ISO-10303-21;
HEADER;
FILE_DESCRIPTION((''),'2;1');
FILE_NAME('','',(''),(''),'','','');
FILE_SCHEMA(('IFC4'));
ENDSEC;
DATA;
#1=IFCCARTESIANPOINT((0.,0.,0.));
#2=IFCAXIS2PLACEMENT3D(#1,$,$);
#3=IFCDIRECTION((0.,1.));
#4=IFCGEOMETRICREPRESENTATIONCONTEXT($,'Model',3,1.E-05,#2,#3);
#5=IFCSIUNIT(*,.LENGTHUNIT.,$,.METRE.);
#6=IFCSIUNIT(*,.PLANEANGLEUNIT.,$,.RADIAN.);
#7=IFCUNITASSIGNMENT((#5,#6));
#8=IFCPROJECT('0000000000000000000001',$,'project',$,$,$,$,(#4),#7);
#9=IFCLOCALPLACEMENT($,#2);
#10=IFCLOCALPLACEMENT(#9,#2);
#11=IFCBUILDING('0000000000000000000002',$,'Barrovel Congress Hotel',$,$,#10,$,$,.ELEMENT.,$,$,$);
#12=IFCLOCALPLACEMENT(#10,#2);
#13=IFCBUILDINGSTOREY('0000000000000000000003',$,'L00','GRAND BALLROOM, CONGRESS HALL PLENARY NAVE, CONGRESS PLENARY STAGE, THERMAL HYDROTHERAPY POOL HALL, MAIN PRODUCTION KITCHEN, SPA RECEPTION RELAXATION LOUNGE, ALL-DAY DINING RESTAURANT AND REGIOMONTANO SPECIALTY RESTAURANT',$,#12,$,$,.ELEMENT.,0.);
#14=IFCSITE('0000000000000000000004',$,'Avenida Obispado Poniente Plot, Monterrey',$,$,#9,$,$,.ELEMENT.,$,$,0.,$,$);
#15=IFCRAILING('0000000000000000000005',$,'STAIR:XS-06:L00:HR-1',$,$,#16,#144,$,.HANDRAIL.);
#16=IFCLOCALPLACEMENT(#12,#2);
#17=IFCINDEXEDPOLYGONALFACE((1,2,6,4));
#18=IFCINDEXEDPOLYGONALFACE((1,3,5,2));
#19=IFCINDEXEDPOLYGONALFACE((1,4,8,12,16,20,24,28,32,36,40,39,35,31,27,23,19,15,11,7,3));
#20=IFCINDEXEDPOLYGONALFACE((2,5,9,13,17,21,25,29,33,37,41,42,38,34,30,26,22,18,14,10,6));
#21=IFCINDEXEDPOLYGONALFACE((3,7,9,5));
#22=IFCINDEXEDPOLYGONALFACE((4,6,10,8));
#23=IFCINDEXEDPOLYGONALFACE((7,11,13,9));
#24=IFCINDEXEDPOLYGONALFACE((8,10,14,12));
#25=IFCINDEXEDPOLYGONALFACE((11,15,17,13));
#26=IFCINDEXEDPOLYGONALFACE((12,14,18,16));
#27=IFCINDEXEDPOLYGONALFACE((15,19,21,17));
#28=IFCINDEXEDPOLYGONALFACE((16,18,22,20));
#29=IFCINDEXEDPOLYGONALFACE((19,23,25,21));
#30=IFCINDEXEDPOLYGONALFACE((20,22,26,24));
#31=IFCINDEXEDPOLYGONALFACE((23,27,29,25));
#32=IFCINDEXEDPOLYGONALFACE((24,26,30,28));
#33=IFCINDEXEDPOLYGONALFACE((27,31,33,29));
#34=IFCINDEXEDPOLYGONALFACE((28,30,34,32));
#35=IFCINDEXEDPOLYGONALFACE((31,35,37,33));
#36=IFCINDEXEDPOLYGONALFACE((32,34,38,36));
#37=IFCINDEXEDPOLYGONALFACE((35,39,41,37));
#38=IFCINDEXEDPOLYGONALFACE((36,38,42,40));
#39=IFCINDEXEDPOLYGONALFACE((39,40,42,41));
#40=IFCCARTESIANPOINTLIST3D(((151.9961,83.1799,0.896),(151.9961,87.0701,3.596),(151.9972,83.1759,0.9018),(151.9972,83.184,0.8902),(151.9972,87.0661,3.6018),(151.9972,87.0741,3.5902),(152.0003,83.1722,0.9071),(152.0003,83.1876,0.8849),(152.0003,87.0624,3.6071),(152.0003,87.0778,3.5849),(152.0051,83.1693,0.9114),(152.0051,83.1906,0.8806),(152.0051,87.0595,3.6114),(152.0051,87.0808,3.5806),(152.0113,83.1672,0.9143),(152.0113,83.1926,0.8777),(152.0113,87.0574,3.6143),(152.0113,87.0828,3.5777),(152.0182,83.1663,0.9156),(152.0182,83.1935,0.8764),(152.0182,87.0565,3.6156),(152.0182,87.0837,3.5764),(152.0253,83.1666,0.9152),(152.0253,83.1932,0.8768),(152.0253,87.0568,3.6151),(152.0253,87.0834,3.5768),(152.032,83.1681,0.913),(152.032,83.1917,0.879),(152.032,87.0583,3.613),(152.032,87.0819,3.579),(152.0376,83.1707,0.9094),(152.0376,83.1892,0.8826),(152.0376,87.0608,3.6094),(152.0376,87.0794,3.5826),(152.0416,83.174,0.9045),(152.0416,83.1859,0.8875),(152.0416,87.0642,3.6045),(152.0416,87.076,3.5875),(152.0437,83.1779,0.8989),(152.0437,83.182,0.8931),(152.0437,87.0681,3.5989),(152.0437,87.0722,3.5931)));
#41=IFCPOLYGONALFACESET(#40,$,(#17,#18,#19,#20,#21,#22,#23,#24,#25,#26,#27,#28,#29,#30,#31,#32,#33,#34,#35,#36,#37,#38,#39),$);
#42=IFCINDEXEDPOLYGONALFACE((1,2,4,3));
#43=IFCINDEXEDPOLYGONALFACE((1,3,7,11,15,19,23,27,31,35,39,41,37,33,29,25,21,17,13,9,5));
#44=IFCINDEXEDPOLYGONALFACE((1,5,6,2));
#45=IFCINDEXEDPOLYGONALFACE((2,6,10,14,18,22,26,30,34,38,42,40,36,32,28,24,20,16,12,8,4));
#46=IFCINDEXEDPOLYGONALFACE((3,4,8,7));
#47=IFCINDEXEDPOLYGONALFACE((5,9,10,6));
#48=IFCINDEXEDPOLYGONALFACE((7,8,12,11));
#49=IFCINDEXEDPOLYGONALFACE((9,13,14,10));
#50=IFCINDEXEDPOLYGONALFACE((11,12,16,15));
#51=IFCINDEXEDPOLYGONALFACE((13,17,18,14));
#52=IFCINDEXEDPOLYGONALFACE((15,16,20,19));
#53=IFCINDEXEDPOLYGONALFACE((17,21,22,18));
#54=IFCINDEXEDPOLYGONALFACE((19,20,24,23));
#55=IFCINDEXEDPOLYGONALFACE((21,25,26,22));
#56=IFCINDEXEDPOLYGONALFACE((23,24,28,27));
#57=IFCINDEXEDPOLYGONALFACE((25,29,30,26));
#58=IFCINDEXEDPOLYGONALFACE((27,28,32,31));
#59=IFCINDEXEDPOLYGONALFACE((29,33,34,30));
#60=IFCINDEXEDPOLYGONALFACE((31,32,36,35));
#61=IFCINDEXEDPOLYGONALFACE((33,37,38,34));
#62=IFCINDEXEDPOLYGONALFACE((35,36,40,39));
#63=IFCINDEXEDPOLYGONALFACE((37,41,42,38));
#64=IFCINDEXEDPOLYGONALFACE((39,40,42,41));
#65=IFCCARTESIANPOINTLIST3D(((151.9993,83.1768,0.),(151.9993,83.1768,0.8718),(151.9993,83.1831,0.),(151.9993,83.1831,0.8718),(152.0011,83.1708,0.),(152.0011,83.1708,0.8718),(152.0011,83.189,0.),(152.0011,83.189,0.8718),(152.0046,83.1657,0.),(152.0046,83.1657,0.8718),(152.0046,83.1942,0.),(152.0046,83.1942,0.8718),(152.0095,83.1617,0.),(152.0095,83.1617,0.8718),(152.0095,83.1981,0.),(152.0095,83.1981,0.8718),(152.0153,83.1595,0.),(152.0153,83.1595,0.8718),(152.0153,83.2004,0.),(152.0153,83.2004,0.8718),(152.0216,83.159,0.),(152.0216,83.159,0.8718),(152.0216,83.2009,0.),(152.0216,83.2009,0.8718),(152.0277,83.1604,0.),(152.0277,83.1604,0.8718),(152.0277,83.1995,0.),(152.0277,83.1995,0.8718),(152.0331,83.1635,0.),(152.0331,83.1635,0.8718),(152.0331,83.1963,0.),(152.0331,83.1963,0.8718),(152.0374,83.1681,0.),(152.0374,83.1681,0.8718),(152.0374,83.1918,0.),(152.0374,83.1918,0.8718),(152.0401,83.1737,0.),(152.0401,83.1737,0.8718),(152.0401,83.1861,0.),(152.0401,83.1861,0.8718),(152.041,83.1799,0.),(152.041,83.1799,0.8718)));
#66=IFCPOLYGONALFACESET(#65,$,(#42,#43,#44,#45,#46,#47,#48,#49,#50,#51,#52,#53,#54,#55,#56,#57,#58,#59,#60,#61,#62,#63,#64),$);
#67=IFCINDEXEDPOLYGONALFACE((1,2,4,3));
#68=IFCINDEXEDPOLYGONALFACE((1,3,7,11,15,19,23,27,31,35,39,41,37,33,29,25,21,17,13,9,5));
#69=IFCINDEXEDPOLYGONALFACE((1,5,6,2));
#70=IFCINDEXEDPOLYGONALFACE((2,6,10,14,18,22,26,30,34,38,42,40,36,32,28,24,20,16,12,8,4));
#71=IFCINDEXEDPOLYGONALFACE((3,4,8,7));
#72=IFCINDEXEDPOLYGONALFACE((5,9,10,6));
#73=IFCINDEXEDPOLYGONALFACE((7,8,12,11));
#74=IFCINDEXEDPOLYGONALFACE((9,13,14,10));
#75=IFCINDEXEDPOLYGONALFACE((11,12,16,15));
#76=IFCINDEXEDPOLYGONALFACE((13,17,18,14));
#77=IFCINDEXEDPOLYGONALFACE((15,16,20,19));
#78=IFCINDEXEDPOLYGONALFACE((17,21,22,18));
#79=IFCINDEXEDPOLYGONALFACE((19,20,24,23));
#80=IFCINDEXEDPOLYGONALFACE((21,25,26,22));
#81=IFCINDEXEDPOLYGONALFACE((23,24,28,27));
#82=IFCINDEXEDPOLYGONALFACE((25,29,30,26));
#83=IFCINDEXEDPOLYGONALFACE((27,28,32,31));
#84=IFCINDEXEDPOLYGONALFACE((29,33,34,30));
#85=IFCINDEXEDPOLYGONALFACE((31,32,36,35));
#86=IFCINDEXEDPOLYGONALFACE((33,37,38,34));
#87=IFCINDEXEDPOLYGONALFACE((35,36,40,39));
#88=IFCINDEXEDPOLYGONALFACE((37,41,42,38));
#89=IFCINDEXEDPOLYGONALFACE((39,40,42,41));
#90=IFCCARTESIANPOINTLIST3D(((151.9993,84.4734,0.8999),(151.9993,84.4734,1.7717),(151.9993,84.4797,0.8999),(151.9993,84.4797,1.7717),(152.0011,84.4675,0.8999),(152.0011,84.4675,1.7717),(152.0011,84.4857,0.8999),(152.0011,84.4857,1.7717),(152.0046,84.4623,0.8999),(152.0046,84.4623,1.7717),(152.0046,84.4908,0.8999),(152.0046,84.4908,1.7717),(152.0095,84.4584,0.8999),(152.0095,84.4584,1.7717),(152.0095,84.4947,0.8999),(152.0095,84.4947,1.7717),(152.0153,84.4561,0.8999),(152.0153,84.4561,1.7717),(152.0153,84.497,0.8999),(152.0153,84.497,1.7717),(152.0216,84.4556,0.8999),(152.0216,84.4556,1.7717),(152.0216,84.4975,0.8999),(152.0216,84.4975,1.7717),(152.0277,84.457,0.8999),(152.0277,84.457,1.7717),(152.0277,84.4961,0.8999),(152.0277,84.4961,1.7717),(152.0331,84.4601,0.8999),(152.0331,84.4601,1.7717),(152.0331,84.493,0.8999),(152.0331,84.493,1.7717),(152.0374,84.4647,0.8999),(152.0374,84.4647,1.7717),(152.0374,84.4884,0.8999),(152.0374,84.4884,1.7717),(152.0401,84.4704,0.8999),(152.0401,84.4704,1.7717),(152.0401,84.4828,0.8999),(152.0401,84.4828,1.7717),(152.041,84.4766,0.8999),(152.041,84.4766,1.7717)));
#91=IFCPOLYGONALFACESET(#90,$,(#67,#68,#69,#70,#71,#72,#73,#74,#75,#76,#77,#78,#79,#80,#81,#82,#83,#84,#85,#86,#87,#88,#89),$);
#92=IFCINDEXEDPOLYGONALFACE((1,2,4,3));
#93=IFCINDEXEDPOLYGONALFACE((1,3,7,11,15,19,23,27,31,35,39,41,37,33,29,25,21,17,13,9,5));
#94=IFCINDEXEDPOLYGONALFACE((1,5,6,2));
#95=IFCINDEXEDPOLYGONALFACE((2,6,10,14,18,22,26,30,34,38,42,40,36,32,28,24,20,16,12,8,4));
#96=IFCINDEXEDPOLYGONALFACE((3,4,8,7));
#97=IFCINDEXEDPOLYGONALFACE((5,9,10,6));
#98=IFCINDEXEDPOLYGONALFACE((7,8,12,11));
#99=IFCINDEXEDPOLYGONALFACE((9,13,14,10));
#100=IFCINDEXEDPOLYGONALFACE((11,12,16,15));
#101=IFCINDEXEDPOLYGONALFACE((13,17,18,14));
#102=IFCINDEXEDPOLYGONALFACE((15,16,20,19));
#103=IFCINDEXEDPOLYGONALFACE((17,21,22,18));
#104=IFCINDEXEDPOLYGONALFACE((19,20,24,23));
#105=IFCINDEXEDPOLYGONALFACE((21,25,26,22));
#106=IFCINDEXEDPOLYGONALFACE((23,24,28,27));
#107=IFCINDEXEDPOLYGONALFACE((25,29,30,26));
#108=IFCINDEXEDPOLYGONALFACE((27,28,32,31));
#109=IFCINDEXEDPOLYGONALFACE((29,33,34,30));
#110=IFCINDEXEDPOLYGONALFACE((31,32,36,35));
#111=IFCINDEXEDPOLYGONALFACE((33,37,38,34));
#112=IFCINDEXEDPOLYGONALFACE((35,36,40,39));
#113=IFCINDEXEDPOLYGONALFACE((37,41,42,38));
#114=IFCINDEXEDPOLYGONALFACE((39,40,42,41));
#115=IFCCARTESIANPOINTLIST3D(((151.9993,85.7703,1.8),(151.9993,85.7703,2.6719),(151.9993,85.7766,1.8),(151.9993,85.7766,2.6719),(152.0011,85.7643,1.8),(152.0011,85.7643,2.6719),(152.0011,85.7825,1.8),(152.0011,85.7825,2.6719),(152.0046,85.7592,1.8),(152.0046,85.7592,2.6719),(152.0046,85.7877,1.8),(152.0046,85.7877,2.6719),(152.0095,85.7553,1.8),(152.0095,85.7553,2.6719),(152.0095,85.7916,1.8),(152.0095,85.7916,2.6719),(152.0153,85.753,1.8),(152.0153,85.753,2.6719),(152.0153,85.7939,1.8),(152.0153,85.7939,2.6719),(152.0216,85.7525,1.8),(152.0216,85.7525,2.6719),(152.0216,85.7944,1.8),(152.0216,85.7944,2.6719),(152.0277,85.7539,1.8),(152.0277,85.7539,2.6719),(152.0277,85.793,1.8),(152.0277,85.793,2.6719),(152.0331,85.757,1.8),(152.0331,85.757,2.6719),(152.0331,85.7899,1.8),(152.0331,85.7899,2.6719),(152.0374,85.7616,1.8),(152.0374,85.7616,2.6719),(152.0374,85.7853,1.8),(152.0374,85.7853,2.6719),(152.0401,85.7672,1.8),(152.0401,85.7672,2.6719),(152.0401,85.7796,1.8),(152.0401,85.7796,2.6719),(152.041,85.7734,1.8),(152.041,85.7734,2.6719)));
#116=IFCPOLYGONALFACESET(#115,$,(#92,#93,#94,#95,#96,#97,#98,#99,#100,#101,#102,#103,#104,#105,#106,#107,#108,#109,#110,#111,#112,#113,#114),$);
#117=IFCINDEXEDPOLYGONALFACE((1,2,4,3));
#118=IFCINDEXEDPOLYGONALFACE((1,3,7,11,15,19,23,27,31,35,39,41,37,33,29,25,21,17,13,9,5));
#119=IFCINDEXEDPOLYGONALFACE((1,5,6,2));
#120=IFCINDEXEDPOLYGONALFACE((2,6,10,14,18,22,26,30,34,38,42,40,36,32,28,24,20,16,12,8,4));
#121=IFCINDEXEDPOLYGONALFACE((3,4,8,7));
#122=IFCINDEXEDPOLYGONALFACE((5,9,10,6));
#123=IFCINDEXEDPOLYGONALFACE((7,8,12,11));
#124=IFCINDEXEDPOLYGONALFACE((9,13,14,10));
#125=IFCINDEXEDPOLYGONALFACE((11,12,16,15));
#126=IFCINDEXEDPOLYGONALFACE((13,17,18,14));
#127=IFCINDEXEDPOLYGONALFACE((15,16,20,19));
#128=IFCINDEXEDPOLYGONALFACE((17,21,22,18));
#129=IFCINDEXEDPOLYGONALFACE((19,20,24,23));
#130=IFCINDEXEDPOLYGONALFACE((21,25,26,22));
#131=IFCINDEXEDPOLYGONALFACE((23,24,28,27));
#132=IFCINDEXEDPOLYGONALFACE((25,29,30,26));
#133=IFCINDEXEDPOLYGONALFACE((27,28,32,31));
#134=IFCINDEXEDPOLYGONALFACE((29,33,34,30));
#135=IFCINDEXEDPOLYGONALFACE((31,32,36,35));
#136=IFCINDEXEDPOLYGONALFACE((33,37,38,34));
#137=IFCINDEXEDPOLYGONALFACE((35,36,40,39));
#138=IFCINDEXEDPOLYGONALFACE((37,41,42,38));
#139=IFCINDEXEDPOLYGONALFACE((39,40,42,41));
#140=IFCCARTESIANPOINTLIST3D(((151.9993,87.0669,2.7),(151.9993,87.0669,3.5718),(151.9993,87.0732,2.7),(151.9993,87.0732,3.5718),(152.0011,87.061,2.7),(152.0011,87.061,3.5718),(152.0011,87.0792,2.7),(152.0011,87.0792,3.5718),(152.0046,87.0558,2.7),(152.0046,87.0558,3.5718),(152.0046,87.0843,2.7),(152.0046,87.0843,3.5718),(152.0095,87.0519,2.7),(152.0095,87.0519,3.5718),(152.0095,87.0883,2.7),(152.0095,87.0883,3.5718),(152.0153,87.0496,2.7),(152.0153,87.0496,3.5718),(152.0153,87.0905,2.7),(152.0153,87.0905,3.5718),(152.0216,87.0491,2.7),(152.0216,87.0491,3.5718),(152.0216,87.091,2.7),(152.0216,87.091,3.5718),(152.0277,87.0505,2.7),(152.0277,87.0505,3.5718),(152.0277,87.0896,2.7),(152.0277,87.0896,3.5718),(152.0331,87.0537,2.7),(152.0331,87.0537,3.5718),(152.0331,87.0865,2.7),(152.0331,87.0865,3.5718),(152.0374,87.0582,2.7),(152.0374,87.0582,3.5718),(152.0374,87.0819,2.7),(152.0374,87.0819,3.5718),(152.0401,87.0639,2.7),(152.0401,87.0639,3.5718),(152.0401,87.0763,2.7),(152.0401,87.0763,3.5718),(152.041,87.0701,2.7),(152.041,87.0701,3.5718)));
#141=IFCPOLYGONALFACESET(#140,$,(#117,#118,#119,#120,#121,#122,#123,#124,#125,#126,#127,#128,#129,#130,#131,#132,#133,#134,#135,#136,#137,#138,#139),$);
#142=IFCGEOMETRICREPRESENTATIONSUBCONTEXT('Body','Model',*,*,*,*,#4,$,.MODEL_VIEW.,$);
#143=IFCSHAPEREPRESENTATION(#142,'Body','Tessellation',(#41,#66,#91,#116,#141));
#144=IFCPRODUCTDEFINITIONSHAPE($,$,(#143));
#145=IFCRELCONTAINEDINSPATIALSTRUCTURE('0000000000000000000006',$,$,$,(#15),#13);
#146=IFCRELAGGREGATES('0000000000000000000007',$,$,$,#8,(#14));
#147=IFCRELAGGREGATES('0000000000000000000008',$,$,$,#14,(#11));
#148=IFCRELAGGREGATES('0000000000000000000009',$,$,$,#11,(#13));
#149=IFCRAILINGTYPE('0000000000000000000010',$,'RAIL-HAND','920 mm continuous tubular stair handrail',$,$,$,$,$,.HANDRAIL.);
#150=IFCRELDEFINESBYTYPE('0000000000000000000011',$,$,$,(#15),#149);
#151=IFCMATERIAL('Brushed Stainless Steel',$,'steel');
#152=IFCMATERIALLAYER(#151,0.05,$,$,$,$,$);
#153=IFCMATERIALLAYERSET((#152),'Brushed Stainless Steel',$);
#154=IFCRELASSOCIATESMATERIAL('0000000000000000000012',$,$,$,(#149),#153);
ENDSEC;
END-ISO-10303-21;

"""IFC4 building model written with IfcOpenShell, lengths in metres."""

from ifc_helpers import new_model, si_unit, direction, frame, origin, origin_2d, place, context, subcontext, project, spatial, circle, extrude, material, layer, layer_set, type_object, element, save


model = new_model("IFC4")

# Units and contexts
model_context = context("Model", 3, precision=1e-05, world=origin(), true_north=direction((0.0, 1.0)))
body_context = subcontext(model_context, "Body", "Model", "MODEL_VIEW")
ifc_project = project(units=[si_unit("LENGTHUNIT", "METRE"), si_unit("PLANEANGLEUNIT", "RADIAN")], contexts=[model_context])

# Site, building, storey
site_placement = place(None, origin())
site = spatial("IfcSite", under=ifc_project, at=site_placement, Name="Avenida Obispado Poniente Plot, Monterrey", CompositionType="ELEMENT", RefElevation=0.0)
building_placement = place(site_placement, origin())
building = spatial("IfcBuilding", under=site, at=building_placement, Name="Barrovel Congress Hotel", CompositionType="ELEMENT")
storey_placement = place(building_placement, origin())
storey = spatial("IfcBuildingStorey", under=building, at=storey_placement, Name="L00", Description="GRAND BALLROOM, CONGRESS HALL PLENARY NAVE, CONGRESS PLENARY STAGE, THERMAL HYDROTHERAPY POOL HALL, MAIN PRODUCTION KITCHEN, SPA RECEPTION RELAXATION LOUNGE, ALL-DAY DINING RESTAURANT AND REGIOMONTANO SPECIALTY RESTAURANT", CompositionType="ELEMENT", Elevation=0.0)

# Railing
ifc_material_1 = material(Name="Brushed Stainless Steel", Category="steel")
ifc_layer_1 = layer(ifc_material_1, 0.05)
ifc_layer_set_1 = layer_set([ifc_layer_1], Name="Brushed Stainless Steel")
railing_type_1 = type_object("IfcRailingType", Name="RAIL-HAND", Description="920 mm continuous tubular stair handrail", PredefinedType="HANDRAIL", material=ifc_layer_set_1)
railing_1_placement = place(storey_placement, frame((152.02, 83.1799, 0.0)))
element("IfcRailing", 1, at=railing_1_placement, inside=storey, type_object=railing_type_1, Name="STAIR:XS-06:L00:HR-1", PredefinedType="HANDRAIL", context=body_context, shape_type="SweptSolid", body=[
    extrude(circle(Radius=0.0239, at=origin_2d()), frame((0.0, 0.0, 0.896), z_axis=(0.0, 0.821522, 0.570177), x_axis=(-1.0, 0.0, 0.0)), (0.0, 0.0, 1.0), 4.7354),
    extrude(circle(Radius=0.021, at=origin_2d()), origin(), (0.0, 0.0, 1.0), 0.8718),
    extrude(circle(Radius=0.021, at=origin_2d()), frame((0.0, 1.2966, 0.8999)), (0.0, 0.0, 1.0), 0.8718),
    extrude(circle(Radius=0.021, at=origin_2d()), frame((0.0, 2.5935, 1.8)), (0.0, 0.0, 1.0), 0.8718),
    extrude(circle(Radius=0.021, at=origin_2d()), frame((0.0, 3.8901, 2.7)), (0.0, 0.0, 1.0), 0.8718),
])

save(model, "model.ifc")
